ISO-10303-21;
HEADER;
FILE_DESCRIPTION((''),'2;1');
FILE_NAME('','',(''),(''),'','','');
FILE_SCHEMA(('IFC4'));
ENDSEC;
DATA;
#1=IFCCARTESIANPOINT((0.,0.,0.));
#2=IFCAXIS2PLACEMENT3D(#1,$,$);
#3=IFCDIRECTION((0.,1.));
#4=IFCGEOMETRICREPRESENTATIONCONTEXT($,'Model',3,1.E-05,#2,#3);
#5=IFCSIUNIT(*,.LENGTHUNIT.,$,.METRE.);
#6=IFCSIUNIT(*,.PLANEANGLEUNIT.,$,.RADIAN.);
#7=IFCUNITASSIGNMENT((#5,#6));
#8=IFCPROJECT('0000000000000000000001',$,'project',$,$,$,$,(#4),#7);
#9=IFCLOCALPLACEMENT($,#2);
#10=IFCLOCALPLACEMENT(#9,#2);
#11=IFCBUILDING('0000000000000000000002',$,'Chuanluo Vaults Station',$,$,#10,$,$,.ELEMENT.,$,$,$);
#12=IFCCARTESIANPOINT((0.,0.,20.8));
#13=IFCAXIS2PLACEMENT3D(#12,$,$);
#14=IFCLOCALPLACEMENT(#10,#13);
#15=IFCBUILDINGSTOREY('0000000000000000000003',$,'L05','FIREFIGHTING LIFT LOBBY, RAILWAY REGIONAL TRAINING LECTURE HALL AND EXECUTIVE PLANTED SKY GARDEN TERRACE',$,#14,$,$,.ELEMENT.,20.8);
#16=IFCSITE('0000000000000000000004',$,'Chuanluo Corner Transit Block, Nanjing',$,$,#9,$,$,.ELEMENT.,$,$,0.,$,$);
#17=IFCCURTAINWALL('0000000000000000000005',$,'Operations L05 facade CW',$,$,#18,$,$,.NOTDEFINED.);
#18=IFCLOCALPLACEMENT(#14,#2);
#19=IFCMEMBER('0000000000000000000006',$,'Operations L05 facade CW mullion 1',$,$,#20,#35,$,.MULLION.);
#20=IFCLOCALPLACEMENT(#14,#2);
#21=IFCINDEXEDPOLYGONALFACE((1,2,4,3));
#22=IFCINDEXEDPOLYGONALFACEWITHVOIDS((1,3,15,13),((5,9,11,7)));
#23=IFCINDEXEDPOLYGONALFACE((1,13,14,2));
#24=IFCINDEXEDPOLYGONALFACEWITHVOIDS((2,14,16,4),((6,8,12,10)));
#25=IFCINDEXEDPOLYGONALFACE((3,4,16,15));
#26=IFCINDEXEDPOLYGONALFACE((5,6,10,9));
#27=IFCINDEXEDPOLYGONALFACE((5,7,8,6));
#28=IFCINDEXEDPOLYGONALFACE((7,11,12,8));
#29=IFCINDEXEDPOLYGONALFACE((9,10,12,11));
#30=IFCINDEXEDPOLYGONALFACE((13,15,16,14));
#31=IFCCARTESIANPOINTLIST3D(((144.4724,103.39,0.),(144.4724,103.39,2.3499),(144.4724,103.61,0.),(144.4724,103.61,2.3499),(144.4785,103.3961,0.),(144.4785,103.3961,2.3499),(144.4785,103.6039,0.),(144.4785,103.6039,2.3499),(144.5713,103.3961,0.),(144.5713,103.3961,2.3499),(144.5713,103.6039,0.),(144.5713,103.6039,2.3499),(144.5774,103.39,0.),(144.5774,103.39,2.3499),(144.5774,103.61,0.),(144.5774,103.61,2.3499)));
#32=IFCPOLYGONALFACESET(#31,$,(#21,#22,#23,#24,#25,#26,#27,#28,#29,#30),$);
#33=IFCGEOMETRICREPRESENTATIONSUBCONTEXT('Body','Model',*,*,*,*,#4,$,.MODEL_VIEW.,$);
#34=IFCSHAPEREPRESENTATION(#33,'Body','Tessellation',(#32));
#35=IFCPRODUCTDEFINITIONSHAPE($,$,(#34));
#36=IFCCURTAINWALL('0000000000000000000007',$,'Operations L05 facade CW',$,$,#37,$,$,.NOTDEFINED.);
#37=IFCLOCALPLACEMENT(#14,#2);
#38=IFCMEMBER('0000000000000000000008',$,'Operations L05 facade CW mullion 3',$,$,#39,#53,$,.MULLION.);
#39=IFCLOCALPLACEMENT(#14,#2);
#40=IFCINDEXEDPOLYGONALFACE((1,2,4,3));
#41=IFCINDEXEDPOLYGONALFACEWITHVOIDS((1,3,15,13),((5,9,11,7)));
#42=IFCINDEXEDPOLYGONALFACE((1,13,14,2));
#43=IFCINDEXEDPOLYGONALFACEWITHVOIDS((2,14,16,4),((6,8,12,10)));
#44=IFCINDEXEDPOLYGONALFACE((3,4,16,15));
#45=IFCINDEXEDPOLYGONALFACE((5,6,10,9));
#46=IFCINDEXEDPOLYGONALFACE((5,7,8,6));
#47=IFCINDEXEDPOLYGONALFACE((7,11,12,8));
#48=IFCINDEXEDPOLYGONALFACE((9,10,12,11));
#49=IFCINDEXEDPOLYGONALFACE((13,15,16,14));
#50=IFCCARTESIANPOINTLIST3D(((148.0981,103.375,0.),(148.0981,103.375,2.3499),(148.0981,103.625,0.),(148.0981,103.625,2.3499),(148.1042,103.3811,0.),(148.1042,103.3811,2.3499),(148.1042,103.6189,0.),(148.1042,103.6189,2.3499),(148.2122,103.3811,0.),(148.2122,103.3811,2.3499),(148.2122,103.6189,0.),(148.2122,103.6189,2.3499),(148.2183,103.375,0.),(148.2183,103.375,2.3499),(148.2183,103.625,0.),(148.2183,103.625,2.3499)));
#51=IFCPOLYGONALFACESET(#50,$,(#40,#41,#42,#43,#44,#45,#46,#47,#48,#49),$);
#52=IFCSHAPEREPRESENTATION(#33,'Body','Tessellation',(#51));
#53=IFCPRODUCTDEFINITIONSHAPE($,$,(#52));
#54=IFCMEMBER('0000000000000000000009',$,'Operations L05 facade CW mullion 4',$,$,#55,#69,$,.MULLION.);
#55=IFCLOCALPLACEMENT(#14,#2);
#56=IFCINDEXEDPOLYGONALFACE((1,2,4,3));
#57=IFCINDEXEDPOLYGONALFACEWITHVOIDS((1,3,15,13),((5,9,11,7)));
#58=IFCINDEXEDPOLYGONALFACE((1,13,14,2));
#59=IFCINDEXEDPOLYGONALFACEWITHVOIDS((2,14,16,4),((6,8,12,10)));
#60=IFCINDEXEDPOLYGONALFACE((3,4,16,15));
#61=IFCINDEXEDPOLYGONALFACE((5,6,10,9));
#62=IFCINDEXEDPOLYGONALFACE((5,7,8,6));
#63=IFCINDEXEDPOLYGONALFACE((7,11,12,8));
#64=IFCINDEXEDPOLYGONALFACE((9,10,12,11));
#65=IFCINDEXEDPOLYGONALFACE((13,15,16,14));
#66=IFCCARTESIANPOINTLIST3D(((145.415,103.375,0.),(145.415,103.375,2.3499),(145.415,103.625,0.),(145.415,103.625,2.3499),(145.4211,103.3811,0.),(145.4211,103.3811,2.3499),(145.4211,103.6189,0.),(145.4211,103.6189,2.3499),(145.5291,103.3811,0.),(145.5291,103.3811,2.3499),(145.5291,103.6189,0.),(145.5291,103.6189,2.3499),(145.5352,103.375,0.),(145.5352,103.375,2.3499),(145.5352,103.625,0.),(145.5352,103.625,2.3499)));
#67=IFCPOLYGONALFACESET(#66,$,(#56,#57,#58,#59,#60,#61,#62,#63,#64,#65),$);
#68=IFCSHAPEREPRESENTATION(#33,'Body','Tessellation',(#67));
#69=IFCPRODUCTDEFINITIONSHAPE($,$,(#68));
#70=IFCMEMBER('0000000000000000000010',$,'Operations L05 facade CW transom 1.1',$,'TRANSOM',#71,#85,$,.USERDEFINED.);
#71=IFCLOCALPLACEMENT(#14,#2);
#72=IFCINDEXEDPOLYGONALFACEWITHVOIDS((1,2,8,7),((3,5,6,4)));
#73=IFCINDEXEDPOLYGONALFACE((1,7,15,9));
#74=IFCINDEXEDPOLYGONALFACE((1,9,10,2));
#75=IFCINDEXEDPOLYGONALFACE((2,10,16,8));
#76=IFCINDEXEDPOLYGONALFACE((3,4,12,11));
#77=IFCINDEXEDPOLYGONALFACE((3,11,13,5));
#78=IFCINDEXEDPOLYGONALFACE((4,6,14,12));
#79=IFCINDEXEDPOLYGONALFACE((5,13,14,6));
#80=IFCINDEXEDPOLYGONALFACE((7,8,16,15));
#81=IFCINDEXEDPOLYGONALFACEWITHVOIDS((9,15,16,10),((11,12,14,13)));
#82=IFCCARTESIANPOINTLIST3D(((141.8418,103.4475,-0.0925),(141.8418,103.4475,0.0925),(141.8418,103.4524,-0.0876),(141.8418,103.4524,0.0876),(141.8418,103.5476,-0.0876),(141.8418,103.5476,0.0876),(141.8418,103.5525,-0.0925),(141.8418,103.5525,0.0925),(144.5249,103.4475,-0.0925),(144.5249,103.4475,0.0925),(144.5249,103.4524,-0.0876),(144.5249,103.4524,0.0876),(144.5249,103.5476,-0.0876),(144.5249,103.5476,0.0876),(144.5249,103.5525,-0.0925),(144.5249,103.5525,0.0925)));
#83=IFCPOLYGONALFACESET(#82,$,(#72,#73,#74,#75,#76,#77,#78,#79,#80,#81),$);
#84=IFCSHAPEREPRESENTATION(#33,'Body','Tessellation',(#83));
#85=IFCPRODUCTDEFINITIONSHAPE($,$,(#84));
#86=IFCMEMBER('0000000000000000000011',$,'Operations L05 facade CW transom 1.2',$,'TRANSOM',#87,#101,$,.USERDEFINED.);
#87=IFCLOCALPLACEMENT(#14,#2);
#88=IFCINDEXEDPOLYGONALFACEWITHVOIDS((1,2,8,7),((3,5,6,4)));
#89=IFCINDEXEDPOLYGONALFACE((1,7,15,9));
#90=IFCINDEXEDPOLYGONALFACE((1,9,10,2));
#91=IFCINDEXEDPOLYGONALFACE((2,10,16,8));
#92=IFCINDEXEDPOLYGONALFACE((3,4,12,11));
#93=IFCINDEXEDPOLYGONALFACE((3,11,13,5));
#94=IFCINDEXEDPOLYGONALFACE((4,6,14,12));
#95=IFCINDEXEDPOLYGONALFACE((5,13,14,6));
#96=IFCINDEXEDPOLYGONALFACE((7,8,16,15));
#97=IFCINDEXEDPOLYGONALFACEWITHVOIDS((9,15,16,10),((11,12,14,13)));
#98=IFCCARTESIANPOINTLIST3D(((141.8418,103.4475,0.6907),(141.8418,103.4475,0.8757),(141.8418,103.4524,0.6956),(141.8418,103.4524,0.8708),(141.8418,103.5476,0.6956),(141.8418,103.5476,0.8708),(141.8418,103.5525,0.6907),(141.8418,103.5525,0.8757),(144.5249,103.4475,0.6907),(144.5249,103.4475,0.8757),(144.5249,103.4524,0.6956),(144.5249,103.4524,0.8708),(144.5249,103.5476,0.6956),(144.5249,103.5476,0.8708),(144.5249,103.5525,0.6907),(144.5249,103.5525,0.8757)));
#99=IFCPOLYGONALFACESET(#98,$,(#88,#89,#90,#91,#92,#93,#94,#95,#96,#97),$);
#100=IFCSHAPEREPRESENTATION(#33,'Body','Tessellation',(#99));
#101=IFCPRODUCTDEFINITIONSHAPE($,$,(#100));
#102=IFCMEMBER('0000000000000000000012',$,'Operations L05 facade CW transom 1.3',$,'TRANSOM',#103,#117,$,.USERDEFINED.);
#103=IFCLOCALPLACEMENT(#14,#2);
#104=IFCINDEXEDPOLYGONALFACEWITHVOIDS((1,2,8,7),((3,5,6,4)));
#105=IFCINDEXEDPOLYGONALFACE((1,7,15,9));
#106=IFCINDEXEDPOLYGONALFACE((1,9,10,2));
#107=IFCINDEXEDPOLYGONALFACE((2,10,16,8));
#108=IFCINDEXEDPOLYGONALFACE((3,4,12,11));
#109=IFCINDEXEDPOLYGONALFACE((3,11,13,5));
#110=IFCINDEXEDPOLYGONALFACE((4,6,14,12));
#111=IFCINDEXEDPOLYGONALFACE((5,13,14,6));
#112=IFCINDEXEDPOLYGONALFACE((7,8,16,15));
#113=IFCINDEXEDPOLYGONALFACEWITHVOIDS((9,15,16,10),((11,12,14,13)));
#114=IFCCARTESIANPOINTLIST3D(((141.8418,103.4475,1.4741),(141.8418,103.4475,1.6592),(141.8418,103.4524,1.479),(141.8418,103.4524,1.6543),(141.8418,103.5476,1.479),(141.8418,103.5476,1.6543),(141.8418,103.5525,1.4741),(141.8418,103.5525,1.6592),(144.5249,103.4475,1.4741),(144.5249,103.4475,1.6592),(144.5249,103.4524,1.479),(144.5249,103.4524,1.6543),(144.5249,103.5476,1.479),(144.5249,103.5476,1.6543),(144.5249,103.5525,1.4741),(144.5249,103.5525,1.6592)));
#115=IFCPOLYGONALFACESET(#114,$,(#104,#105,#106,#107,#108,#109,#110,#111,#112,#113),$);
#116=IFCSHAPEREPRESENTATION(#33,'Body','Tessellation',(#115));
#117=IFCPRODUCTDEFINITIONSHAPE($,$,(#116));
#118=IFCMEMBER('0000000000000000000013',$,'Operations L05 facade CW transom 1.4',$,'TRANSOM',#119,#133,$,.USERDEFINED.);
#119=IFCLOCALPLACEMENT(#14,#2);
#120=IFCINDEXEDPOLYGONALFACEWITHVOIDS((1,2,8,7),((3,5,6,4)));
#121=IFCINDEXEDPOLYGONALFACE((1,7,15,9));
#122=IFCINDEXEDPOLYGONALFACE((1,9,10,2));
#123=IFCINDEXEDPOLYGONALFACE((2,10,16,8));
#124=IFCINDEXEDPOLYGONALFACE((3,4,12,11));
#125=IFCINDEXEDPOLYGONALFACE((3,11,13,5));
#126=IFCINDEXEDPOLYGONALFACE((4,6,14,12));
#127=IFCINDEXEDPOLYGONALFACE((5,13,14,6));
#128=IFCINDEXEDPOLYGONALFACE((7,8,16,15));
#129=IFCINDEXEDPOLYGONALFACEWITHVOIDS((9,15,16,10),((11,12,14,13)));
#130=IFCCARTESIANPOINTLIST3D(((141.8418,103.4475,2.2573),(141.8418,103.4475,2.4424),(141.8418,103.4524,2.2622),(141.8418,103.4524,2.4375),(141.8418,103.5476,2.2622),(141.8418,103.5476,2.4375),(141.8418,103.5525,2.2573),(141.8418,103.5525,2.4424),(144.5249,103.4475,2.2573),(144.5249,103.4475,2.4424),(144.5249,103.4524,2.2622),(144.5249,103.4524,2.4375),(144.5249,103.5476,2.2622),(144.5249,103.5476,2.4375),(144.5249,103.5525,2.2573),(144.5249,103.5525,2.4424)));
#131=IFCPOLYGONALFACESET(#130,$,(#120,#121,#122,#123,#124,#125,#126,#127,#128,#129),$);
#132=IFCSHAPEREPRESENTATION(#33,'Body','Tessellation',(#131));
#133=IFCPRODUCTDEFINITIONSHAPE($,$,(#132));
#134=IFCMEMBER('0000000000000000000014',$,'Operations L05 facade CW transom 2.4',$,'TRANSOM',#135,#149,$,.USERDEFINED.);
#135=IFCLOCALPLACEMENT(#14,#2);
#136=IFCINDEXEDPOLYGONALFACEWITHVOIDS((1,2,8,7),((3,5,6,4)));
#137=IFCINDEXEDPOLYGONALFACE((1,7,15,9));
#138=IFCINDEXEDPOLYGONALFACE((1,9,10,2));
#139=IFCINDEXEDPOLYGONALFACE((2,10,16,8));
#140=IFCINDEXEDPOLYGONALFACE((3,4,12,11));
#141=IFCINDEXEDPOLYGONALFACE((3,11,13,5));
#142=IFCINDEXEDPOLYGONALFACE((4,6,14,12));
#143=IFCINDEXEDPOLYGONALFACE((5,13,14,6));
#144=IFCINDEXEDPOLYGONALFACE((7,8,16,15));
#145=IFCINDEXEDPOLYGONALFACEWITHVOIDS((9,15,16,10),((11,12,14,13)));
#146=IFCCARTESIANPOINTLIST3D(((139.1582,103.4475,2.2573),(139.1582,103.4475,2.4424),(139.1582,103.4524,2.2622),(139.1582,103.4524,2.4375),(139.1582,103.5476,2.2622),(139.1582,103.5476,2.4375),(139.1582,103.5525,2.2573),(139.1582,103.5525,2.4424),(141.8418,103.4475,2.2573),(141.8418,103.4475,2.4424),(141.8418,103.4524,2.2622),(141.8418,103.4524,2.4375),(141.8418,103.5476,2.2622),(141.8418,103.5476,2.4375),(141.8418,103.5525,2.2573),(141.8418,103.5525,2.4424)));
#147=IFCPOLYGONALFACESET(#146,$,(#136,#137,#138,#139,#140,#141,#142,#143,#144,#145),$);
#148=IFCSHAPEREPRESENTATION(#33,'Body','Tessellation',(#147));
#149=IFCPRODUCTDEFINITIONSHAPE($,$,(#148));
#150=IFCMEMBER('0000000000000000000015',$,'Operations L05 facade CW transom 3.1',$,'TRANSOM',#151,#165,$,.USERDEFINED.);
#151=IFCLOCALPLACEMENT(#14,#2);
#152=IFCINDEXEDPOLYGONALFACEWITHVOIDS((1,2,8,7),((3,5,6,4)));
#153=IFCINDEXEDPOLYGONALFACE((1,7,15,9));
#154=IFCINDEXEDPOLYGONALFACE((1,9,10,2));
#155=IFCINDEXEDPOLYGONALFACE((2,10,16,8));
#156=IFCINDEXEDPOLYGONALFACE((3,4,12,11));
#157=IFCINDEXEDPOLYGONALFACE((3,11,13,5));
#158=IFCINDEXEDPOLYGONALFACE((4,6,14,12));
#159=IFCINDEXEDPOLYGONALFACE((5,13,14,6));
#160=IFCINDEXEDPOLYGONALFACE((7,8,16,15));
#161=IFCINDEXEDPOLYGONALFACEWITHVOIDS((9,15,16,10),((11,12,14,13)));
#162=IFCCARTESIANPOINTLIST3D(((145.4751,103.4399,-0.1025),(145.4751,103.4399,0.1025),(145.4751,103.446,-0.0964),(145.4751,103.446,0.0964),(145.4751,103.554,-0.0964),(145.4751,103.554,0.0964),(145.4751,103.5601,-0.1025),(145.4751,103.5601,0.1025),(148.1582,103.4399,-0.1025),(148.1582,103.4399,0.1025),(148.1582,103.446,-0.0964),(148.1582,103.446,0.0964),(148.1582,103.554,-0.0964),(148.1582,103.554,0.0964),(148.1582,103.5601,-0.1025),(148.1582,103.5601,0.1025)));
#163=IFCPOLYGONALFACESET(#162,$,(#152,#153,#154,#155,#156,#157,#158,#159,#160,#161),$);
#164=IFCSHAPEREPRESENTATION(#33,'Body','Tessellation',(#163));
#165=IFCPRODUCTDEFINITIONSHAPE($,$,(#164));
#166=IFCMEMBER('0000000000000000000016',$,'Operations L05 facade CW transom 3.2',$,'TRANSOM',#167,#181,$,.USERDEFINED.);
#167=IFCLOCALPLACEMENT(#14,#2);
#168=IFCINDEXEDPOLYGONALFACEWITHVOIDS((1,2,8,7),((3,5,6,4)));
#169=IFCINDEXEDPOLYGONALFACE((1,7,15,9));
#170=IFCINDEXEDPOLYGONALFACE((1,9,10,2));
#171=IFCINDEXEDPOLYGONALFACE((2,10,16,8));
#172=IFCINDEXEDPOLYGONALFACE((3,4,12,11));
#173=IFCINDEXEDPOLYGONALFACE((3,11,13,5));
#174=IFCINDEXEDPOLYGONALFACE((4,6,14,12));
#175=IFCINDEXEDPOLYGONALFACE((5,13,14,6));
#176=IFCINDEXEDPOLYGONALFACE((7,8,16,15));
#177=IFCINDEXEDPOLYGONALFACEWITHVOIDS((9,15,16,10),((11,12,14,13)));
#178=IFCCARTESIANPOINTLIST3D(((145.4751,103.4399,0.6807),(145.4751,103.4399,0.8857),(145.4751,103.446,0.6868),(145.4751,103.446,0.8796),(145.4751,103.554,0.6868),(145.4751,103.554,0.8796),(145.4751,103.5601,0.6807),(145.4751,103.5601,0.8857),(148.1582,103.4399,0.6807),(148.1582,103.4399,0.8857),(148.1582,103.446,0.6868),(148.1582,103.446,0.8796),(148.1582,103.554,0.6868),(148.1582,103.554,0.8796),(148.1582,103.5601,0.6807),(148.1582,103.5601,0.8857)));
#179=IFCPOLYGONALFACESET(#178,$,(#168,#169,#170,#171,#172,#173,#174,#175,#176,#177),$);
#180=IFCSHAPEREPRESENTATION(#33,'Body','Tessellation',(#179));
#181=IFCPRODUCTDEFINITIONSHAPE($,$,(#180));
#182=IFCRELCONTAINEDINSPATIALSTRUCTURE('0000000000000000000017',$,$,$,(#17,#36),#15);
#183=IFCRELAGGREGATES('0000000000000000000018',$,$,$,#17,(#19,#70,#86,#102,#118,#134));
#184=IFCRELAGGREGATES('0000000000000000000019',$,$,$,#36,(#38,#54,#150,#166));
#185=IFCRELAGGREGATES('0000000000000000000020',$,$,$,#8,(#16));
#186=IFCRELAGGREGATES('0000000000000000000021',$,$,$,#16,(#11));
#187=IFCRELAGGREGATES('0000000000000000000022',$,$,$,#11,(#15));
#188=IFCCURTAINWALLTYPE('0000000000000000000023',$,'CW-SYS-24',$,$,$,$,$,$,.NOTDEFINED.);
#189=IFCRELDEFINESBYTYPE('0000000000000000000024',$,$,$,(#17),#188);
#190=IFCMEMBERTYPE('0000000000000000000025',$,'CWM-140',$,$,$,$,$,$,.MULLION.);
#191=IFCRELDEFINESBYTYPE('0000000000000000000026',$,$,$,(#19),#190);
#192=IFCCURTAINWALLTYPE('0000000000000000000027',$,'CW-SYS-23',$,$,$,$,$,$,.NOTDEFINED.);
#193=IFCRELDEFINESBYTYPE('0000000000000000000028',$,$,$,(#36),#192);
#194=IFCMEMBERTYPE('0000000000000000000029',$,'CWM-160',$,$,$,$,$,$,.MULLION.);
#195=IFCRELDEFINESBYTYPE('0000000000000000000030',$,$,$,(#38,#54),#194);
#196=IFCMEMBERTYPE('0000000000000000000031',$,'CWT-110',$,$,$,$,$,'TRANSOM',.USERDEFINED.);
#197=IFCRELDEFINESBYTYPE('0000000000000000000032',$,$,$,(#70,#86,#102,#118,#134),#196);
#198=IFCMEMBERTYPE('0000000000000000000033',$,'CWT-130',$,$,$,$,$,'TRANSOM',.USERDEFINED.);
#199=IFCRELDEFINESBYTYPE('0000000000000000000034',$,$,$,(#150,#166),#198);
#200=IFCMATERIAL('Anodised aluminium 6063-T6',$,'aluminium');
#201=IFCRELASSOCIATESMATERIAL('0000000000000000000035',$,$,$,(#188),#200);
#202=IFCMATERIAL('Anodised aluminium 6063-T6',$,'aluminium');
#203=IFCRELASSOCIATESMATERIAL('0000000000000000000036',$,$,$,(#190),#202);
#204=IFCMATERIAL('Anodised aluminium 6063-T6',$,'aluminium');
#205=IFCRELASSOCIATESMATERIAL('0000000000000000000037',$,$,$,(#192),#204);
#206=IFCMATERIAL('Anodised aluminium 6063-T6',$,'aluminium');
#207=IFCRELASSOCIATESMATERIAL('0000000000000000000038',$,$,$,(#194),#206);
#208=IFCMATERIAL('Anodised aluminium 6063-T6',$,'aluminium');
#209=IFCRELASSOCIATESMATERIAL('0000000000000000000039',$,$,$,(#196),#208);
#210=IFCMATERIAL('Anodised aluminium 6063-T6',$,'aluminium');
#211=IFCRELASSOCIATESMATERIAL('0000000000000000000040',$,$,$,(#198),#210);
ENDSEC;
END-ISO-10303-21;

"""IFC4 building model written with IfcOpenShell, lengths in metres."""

from ifc_helpers import new_model, si_unit, direction, frame, origin, origin_2d, place, context, subcontext, project, spatial, hollow_rectangle, extrude, material, material_profile, profile_set, type_object, element, aggregate, save


model = new_model("IFC4")

# Units and contexts
model_context = context("Model", 3, precision=1e-05, world=origin(), true_north=direction((0.0, 1.0)))
body_context = subcontext(model_context, "Body", "Model", "MODEL_VIEW")
ifc_project = project(units=[si_unit("LENGTHUNIT", "METRE"), si_unit("PLANEANGLEUNIT", "RADIAN")], contexts=[model_context])

# Site, building, storey
site_placement = place(None, origin())
site = spatial("IfcSite", under=ifc_project, at=site_placement, Name="Chuanluo Corner Transit Block, Nanjing", CompositionType="ELEMENT", RefElevation=0.0)
building_placement = place(site_placement, origin())
building = spatial("IfcBuilding", under=site, at=building_placement, Name="Chuanluo Vaults Station", CompositionType="ELEMENT")
storey_placement = place(building_placement, frame((0.0, 0.0, 20.8)))
storey = spatial("IfcBuildingStorey", under=building, at=storey_placement, Name="L05", Description="FIREFIGHTING LIFT LOBBY, RAILWAY REGIONAL TRAINING LECTURE HALL AND EXECUTIVE PLANTED SKY GARDEN TERRACE", CompositionType="ELEMENT", Elevation=20.8)

# Curtain wall, member
ifc_material_1 = material(Name="Anodised aluminium 6063-T6", Category="aluminium")
curtain_wall_type_1 = type_object("IfcCurtainWallType", Name="CW-SYS-24", PredefinedType="NOTDEFINED", material=ifc_material_1)
curtain_wall_1_placement = place(storey_placement, origin())
curtain_wall_1 = element("IfcCurtainWall", 1, at=curtain_wall_1_placement, inside=storey, type_object=curtain_wall_type_1, Name="Operations L05 facade CW", PredefinedType="NOTDEFINED")
ifc_material_2 = material(Name="Anodised aluminium 6063-T6", Category="aluminium")
ifc_material_profile_1 = material_profile(ifc_material_2, hollow_rectangle(XDim=0.105, YDim=0.22, WallThickness=0.0061, at=origin_2d()))
ifc_profile_set_1 = profile_set([ifc_material_profile_1], Name="Anodised aluminium 6063-T6")
member_type_1 = type_object("IfcMemberType", Name="CWM-140", PredefinedType="MULLION", material=ifc_profile_set_1)
member_1_placement = place(storey_placement, frame((144.5249, 103.5, 0.0), z_axis=(0.0, 0.0, 1.0), x_axis=(-1.0, 0.0, 0.0)))
member_1 = element("IfcMember", 2, at=member_1_placement, type_object=member_type_1, Name="Operations L05 facade CW mullion 1", PredefinedType="MULLION", context=body_context, shape_type="SweptSolid", body=[
    extrude(hollow_rectangle(XDim=0.105, YDim=0.22, WallThickness=0.0061, at=origin_2d()), origin(), (0.0, 0.0, 1.0), 2.3499),
])

# Curtain wall, members
ifc_material_3 = material(Name="Anodised aluminium 6063-T6", Category="aluminium")
curtain_wall_type_2 = type_object("IfcCurtainWallType", Name="CW-SYS-23", PredefinedType="NOTDEFINED", material=ifc_material_3)
curtain_wall_2_placement = place(storey_placement, origin())
curtain_wall_2 = element("IfcCurtainWall", 3, at=curtain_wall_2_placement, inside=storey, type_object=curtain_wall_type_2, Name="Operations L05 facade CW", PredefinedType="NOTDEFINED")
ifc_material_4 = material(Name="Anodised aluminium 6063-T6", Category="aluminium")
ifc_material_profile_2 = material_profile(ifc_material_4, hollow_rectangle(XDim=0.1201, YDim=0.25, WallThickness=0.0061, at=origin_2d()))
ifc_profile_set_2 = profile_set([ifc_material_profile_2], Name="Anodised aluminium 6063-T6")
member_type_2 = type_object("IfcMemberType", Name="CWM-160", PredefinedType="MULLION", material=ifc_profile_set_2)
member_2_placement = place(storey_placement, frame((148.1582, 103.5, 0.0), z_axis=(0.0, 0.0, 1.0), x_axis=(-1.0, 0.0, 0.0)))
member_2 = element("IfcMember", 4, at=member_2_placement, type_object=member_type_2, Name="Operations L05 facade CW mullion 3", PredefinedType="MULLION", context=body_context, shape_type="SweptSolid", body=[
    extrude(hollow_rectangle(XDim=0.1201, YDim=0.25, WallThickness=0.0061, at=origin_2d()), origin(), (0.0, 0.0, 1.0), 2.3499),
])
member_3_placement = place(storey_placement, frame((145.4751, 103.5, 0.0), z_axis=(0.0, 0.0, 1.0), x_axis=(-1.0, 0.0, 0.0)))
member_3 = element("IfcMember", 5, at=member_3_placement, type_object=member_type_2, Name="Operations L05 facade CW mullion 4", PredefinedType="MULLION", context=body_context, shape_type="SweptSolid", body=[
    extrude(hollow_rectangle(XDim=0.1201, YDim=0.25, WallThickness=0.0061, at=origin_2d()), origin(), (0.0, 0.0, 1.0), 2.3499),
])

# Members
ifc_material_5 = material(Name="Anodised aluminium 6063-T6", Category="aluminium")
ifc_material_profile_3 = material_profile(ifc_material_5, hollow_rectangle(XDim=0.105, YDim=0.1851, WallThickness=0.0049, at=origin_2d()))
ifc_profile_set_3 = profile_set([ifc_material_profile_3], Name="Anodised aluminium 6063-T6")
member_type_3 = type_object("IfcMemberType", Name="CWT-110", ElementType="TRANSOM", PredefinedType="USERDEFINED", material=ifc_profile_set_3)
member_4_placement = place(storey_placement, frame((144.5249, 103.5, 0.0), z_axis=(-1.0, 0.0, 0.0), x_axis=(0.0, -1.0, 0.0)))
member_4 = element("IfcMember", 6, at=member_4_placement, type_object=member_type_3, Name="Operations L05 facade CW transom 1.1", ObjectType="TRANSOM", PredefinedType="USERDEFINED", context=body_context, shape_type="SweptSolid", body=[
    extrude(hollow_rectangle(XDim=0.105, YDim=0.1851, WallThickness=0.0049, at=origin_2d()), origin(), (0.0, 0.0, 1.0), 2.6831),
])
member_5_placement = place(storey_placement, frame((144.5249, 103.5, 0.7832), z_axis=(-1.0, 0.0, 0.0), x_axis=(0.0, -1.0, 0.0)))
member_5 = element("IfcMember", 7, at=member_5_placement, type_object=member_type_3, Name="Operations L05 facade CW transom 1.2", ObjectType="TRANSOM", PredefinedType="USERDEFINED", context=body_context, shape_type="SweptSolid", body=[
    extrude(hollow_rectangle(XDim=0.105, YDim=0.1851, WallThickness=0.0049, at=origin_2d()), origin(), (0.0, 0.0, 1.0), 2.6831),
])
member_6_placement = place(storey_placement, frame((144.5249, 103.5, 1.5667), z_axis=(-1.0, 0.0, 0.0), x_axis=(0.0, -1.0, 0.0)))
member_6 = element("IfcMember", 8, at=member_6_placement, type_object=member_type_3, Name="Operations L05 facade CW transom 1.3", ObjectType="TRANSOM", PredefinedType="USERDEFINED", context=body_context, shape_type="SweptSolid", body=[
    extrude(hollow_rectangle(XDim=0.105, YDim=0.1851, WallThickness=0.0049, at=origin_2d()), origin(), (0.0, 0.0, 1.0), 2.6831),
])
member_7_placement = place(storey_placement, frame((144.5249, 103.5, 2.3499), z_axis=(-1.0, 0.0, 0.0), x_axis=(0.0, -1.0, 0.0)))
member_7 = element("IfcMember", 9, at=member_7_placement, type_object=member_type_3, Name="Operations L05 facade CW transom 1.4", ObjectType="TRANSOM", PredefinedType="USERDEFINED", context=body_context, shape_type="SweptSolid", body=[
    extrude(hollow_rectangle(XDim=0.105, YDim=0.1851, WallThickness=0.0049, at=origin_2d()), origin(), (0.0, 0.0, 1.0), 2.6831),
])
member_8_placement = place(storey_placement, frame((141.8418, 103.5, 2.3499), z_axis=(-1.0, 0.0, 0.0), x_axis=(0.0, -1.0, 0.0)))
member_8 = element("IfcMember", 10, at=member_8_placement, type_object=member_type_3, Name="Operations L05 facade CW transom 2.4", ObjectType="TRANSOM", PredefinedType="USERDEFINED", context=body_context, shape_type="SweptSolid", body=[
    extrude(hollow_rectangle(XDim=0.105, YDim=0.1851, WallThickness=0.0049, at=origin_2d()), origin(), (0.0, 0.0, 1.0), 2.6836),
])
ifc_material_6 = material(Name="Anodised aluminium 6063-T6", Category="aluminium")
ifc_material_profile_4 = material_profile(ifc_material_6, hollow_rectangle(XDim=0.1201, YDim=0.2051, WallThickness=0.0061, at=origin_2d()))
ifc_profile_set_4 = profile_set([ifc_material_profile_4], Name="Anodised aluminium 6063-T6")
member_type_4 = type_object("IfcMemberType", Name="CWT-130", ElementType="TRANSOM", PredefinedType="USERDEFINED", material=ifc_profile_set_4)
member_9_placement = place(storey_placement, frame((148.1582, 103.5, 0.0), z_axis=(-1.0, 0.0, 0.0), x_axis=(0.0, -1.0, 0.0)))
member_9 = element("IfcMember", 11, at=member_9_placement, type_object=member_type_4, Name="Operations L05 facade CW transom 3.1", ObjectType="TRANSOM", PredefinedType="USERDEFINED", context=body_context, shape_type="SweptSolid", body=[
    extrude(hollow_rectangle(XDim=0.1201, YDim=0.2051, WallThickness=0.0061, at=origin_2d()), origin(), (0.0, 0.0, 1.0), 2.6831),
])
member_10_placement = place(storey_placement, frame((148.1582, 103.5, 0.7832), z_axis=(-1.0, 0.0, 0.0), x_axis=(0.0, -1.0, 0.0)))
member_10 = element("IfcMember", 12, at=member_10_placement, type_object=member_type_4, Name="Operations L05 facade CW transom 3.2", ObjectType="TRANSOM", PredefinedType="USERDEFINED", context=body_context, shape_type="SweptSolid", body=[
    extrude(hollow_rectangle(XDim=0.1201, YDim=0.2051, WallThickness=0.0061, at=origin_2d()), origin(), (0.0, 0.0, 1.0), 2.6831),
])

aggregate(curtain_wall_1, [member_1, member_4, member_5, member_6, member_7, member_8])
aggregate(curtain_wall_2, [member_2, member_3, member_9, member_10])

save(model, "model.ifc")
